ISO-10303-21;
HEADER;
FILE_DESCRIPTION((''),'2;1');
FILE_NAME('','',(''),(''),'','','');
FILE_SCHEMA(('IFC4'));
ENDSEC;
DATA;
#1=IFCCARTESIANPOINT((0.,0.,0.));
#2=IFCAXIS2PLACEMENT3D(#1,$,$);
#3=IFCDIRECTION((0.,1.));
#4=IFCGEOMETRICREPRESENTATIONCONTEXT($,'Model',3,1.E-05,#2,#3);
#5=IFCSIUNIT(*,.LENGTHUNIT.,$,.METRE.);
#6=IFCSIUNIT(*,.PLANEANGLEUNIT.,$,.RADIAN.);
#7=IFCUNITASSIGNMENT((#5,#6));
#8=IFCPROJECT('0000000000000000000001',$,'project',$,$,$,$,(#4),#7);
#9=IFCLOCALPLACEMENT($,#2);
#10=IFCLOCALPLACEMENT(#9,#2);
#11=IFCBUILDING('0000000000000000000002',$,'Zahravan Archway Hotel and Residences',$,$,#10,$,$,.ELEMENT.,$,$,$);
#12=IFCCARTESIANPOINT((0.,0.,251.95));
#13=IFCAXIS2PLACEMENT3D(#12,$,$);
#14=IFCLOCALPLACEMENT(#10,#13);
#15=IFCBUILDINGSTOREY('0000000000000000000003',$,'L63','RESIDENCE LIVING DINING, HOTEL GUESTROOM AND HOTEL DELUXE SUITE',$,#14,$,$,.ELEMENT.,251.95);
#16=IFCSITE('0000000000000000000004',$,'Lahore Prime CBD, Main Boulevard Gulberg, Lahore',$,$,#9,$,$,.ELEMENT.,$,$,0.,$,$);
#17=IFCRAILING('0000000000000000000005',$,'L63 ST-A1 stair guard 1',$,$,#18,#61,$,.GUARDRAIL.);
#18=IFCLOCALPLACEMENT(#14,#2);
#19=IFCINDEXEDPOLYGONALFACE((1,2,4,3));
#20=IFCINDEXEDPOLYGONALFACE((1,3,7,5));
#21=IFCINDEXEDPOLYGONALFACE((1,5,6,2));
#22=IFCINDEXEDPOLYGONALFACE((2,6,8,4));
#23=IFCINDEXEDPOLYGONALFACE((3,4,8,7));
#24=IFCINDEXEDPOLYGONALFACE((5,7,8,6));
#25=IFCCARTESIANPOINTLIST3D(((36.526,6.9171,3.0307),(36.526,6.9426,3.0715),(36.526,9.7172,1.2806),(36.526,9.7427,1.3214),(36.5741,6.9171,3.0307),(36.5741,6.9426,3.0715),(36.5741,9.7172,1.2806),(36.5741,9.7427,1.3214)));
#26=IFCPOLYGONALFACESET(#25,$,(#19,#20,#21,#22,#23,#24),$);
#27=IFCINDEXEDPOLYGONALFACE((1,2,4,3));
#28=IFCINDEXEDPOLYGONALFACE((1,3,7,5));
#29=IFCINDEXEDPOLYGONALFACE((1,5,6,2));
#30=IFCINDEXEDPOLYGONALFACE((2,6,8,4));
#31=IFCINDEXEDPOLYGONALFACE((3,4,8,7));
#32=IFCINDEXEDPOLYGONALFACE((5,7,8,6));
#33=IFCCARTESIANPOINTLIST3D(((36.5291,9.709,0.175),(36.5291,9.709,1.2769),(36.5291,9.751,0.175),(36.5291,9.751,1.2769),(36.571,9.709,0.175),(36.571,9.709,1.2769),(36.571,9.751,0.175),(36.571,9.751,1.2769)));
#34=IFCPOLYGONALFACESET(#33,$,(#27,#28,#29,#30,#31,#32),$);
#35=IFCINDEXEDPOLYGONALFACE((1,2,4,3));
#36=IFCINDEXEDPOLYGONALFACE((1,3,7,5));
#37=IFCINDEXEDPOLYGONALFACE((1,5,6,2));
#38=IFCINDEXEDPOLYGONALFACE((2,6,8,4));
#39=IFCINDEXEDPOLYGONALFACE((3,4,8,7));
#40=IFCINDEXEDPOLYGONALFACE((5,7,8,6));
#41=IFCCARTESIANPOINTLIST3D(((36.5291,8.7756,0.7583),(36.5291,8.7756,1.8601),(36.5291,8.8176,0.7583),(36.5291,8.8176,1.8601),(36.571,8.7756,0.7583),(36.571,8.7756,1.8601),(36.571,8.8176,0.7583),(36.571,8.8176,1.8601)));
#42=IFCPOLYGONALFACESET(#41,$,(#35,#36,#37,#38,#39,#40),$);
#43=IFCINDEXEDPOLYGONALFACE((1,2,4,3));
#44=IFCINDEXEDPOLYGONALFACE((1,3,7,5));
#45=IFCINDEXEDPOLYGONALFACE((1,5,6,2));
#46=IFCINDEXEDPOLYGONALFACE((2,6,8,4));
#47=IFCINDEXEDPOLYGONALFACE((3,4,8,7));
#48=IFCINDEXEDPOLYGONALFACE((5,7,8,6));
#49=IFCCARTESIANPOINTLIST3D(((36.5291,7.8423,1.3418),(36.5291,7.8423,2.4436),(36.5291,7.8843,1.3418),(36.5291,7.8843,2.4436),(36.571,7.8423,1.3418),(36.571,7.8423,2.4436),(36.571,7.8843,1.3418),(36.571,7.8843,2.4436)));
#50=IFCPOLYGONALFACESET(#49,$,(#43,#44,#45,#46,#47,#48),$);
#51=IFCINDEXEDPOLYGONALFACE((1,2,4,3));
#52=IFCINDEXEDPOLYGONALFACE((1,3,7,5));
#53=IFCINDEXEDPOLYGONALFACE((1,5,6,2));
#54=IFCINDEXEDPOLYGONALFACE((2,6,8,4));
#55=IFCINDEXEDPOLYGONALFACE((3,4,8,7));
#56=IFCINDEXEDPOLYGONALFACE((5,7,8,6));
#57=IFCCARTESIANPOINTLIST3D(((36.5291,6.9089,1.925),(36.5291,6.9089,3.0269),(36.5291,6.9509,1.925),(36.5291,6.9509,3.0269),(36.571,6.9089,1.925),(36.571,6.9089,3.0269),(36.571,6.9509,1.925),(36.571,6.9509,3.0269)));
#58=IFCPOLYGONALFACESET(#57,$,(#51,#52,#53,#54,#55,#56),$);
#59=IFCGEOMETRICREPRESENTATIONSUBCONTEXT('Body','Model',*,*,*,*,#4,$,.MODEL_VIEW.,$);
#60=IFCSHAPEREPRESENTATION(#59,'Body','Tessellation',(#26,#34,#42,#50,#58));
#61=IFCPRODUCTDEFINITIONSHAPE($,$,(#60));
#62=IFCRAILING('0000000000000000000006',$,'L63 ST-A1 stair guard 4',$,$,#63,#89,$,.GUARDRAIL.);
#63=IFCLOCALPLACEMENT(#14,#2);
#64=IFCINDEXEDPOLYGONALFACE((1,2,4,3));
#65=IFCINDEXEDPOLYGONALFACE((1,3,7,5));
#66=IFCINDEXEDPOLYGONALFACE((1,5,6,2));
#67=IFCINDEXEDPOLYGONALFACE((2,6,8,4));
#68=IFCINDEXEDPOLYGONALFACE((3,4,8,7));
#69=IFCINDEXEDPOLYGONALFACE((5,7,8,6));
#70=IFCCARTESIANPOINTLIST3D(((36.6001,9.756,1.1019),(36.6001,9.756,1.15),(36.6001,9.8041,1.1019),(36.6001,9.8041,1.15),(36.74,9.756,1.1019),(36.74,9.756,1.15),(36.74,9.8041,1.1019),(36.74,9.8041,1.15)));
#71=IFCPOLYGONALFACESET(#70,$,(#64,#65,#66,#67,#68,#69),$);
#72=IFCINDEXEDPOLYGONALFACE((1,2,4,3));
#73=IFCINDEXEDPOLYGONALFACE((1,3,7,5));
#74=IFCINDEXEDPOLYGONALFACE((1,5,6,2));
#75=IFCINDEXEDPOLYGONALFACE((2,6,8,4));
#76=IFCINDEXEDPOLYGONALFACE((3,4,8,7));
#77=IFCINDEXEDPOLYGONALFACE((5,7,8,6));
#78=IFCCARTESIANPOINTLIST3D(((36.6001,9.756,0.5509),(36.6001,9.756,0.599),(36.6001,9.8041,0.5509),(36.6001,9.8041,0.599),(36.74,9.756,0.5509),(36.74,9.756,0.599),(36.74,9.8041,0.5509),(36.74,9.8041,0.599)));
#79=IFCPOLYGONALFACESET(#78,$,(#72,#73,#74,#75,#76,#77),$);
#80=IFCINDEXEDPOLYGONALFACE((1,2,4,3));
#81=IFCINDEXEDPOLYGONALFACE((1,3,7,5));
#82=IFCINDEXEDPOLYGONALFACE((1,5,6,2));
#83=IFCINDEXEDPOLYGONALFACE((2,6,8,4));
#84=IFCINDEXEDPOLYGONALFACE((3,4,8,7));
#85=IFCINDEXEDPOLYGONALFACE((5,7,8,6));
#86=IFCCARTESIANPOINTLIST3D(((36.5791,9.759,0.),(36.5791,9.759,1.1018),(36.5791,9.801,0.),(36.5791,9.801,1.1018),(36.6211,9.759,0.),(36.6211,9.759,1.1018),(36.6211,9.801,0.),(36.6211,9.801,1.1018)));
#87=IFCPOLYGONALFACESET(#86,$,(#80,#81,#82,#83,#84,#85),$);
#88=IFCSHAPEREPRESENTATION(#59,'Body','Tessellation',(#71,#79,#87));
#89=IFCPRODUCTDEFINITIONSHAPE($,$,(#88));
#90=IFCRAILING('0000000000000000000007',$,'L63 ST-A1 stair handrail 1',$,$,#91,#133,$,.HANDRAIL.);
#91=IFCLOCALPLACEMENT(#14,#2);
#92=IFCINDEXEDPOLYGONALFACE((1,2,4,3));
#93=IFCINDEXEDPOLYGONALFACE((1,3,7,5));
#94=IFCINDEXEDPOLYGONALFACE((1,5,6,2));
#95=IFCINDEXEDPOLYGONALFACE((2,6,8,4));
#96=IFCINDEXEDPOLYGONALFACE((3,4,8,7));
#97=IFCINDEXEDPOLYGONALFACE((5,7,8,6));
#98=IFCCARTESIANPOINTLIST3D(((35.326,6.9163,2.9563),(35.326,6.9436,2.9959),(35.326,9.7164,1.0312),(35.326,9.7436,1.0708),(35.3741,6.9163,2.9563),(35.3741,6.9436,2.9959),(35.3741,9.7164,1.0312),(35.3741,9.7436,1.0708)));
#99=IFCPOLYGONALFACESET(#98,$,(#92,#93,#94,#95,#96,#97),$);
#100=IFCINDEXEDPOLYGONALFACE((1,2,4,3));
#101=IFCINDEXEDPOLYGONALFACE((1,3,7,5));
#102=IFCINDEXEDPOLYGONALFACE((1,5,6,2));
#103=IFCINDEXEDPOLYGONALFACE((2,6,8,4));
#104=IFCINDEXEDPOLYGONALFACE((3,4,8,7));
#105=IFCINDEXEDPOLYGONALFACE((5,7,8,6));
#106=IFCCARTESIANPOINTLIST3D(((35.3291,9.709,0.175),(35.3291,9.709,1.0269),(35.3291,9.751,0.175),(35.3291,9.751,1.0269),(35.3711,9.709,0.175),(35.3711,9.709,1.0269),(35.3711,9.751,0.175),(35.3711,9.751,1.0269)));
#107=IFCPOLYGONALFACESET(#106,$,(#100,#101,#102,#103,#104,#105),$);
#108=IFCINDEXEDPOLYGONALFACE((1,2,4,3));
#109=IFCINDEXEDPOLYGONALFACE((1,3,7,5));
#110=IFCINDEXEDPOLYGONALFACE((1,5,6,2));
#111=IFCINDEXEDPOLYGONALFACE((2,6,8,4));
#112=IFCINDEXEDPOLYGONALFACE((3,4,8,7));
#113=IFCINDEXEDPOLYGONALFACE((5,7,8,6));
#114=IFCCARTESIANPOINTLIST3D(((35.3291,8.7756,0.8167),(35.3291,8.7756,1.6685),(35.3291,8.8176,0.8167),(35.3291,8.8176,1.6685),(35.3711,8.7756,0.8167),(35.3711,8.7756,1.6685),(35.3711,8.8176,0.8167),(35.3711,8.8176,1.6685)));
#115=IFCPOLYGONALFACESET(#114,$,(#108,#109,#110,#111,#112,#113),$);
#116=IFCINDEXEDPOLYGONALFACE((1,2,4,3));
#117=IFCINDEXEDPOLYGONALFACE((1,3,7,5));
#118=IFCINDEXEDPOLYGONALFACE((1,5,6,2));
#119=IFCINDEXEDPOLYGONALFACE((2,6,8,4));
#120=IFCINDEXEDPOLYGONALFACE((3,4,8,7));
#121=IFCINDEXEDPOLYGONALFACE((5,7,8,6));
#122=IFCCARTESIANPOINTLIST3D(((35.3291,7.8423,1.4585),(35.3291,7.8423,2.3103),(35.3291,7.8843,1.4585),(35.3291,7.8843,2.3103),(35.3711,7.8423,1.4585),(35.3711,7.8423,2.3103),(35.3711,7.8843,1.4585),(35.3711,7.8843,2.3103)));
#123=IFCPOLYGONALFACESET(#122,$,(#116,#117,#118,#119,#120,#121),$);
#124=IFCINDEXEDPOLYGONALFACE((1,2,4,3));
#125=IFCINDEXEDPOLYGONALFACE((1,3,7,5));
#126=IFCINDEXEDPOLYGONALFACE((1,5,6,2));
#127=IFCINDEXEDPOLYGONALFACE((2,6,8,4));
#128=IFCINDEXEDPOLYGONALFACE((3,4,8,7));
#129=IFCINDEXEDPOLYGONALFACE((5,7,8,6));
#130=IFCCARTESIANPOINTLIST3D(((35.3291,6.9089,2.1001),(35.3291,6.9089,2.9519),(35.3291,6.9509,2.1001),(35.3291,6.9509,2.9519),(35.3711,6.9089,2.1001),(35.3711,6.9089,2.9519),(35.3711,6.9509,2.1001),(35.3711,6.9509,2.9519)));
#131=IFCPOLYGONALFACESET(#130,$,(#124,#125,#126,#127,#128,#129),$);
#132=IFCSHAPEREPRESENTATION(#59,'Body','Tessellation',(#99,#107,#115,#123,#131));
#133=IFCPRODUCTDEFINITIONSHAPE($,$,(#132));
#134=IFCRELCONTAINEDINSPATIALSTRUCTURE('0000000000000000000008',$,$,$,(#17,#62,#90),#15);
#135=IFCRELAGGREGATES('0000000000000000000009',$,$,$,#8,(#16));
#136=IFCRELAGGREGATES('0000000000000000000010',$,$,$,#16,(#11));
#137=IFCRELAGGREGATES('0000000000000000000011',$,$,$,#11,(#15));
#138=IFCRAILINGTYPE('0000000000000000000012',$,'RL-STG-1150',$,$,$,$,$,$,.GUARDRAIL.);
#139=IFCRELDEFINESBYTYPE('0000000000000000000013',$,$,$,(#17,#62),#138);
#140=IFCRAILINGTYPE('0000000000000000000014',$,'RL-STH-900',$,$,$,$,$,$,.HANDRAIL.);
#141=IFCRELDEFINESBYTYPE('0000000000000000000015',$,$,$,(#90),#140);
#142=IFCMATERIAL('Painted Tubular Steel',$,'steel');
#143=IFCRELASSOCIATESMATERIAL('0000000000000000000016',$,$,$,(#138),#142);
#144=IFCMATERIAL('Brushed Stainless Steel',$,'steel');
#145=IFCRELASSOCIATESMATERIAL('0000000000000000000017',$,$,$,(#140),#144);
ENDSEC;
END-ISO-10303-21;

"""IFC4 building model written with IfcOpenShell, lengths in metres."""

from ifc_helpers import new_model, si_unit, direction, frame, origin, origin_2d, place, context, subcontext, project, spatial, rectangle, extrude, material, type_object, element, save


model = new_model("IFC4")

# Units and contexts
model_context = context("Model", 3, precision=1e-05, world=origin(), true_north=direction((0.0, 1.0)))
body_context = subcontext(model_context, "Body", "Model", "MODEL_VIEW")
ifc_project = project(units=[si_unit("LENGTHUNIT", "METRE"), si_unit("PLANEANGLEUNIT", "RADIAN")], contexts=[model_context])

# Site, building, storey
site_placement = place(None, origin())
site = spatial("IfcSite", under=ifc_project, at=site_placement, Name="Lahore Prime CBD, Main Boulevard Gulberg, Lahore", CompositionType="ELEMENT", RefElevation=0.0)
building_placement = place(site_placement, origin())
building = spatial("IfcBuilding", under=site, at=building_placement, Name="Zahravan Archway Hotel and Residences", CompositionType="ELEMENT")
storey_placement = place(building_placement, frame((0.0, 0.0, 251.95)))
storey = spatial("IfcBuildingStorey", under=building, at=storey_placement, Name="L63", Description="RESIDENCE LIVING DINING, HOTEL GUESTROOM AND HOTEL DELUXE SUITE", CompositionType="ELEMENT", Elevation=251.95)

# Shared definitions
ifc_material_1 = material(Name="Brushed Stainless Steel", Category="steel")

# Railings
ifc_material_2 = material(Name="Painted Tubular Steel", Category="steel")
railing_type_1 = type_object("IfcRailingType", Name="RL-STG-1150", PredefinedType="GUARDRAIL", material=ifc_material_2)
railing_1_placement = place(storey_placement, frame((36.55, 9.73, 0.175)))
element("IfcRailing", 1, at=railing_1_placement, inside=storey, type_object=railing_type_1, Name="L63 ST-A1 stair guard 1", PredefinedType="GUARDRAIL", context=body_context, shape_type="SweptSolid", body=[
    extrude(rectangle(XDim=0.0481, YDim=0.0481, at=origin_2d()), frame((0.0, 0.0, 1.126), z_axis=(0.0, -0.848002, 0.529992), x_axis=(1.0, 0.0, 0.0)), (0.0, 0.0, 1.0), 3.302),
    extrude(rectangle(XDim=0.042, YDim=0.042, at=origin_2d()), origin(), (0.0, 0.0, 1.0), 1.1018),
    extrude(rectangle(XDim=0.042, YDim=0.042, at=origin_2d()), frame((0.0, -0.9333, 0.5833)), (0.0, 0.0, 1.0), 1.1018),
    extrude(rectangle(XDim=0.042, YDim=0.042, at=origin_2d()), frame((0.0, -1.8667, 1.1667)), (0.0, 0.0, 1.0), 1.1018),
    extrude(rectangle(XDim=0.042, YDim=0.042, at=origin_2d()), frame((0.0, -2.8, 1.75)), (0.0, 0.0, 1.0), 1.1018),
])
railing_2_placement = place(storey_placement, frame((36.6001, 9.78, 0.0)))
element("IfcRailing", 2, at=railing_2_placement, inside=storey, type_object=railing_type_1, Name="L63 ST-A1 stair guard 4", PredefinedType="GUARDRAIL", context=body_context, shape_type="SweptSolid", body=[
    extrude(rectangle(XDim=0.0481, YDim=0.0481, at=origin_2d()), frame((0.0, 0.0, 1.126), z_axis=(1.0, 0.0, 0.0), x_axis=(0.0, 1.0, 0.0)), (0.0, 0.0, 1.0), 0.1399),
    extrude(rectangle(XDim=0.0481, YDim=0.0481, at=origin_2d()), frame((0.0, 0.0, 0.575), z_axis=(1.0, 0.0, 0.0), x_axis=(0.0, 1.0, 0.0)), (0.0, 0.0, 1.0), 0.1399),
    extrude(rectangle(XDim=0.042, YDim=0.042, at=origin_2d()), origin(), (0.0, 0.0, 1.0), 1.1018),
])
railing_type_2 = type_object("IfcRailingType", Name="RL-STH-900", PredefinedType="HANDRAIL", material=ifc_material_1)
railing_3_placement = place(storey_placement, frame((35.3501, 9.73, 0.175)))
element("IfcRailing", 3, at=railing_3_placement, inside=storey, type_object=railing_type_2, Name="L63 ST-A1 stair handrail 1", PredefinedType="HANDRAIL", context=body_context, shape_type="SweptSolid", body=[
    extrude(rectangle(XDim=0.0481, YDim=0.0481, at=origin_2d()), frame((0.0, 0.0, 0.876), z_axis=(0.0, -0.82404, 0.566532), x_axis=(1.0, 0.0, 0.0)), (0.0, 0.0, 1.0), 3.3979),
    extrude(rectangle(XDim=0.042, YDim=0.042, at=origin_2d()), origin(), (0.0, 0.0, 1.0), 0.8518),
    extrude(rectangle(XDim=0.042, YDim=0.042, at=origin_2d()), frame((0.0, -0.9333, 0.6416)), (0.0, 0.0, 1.0), 0.8518),
    extrude(rectangle(XDim=0.042, YDim=0.042, at=origin_2d()), frame((0.0, -1.8667, 1.2834)), (0.0, 0.0, 1.0), 0.8518),
    extrude(rectangle(XDim=0.042, YDim=0.042, at=origin_2d()), frame((0.0, -2.8, 1.925)), (0.0, 0.0, 1.0), 0.8518),
])

save(model, "model.ifc")
